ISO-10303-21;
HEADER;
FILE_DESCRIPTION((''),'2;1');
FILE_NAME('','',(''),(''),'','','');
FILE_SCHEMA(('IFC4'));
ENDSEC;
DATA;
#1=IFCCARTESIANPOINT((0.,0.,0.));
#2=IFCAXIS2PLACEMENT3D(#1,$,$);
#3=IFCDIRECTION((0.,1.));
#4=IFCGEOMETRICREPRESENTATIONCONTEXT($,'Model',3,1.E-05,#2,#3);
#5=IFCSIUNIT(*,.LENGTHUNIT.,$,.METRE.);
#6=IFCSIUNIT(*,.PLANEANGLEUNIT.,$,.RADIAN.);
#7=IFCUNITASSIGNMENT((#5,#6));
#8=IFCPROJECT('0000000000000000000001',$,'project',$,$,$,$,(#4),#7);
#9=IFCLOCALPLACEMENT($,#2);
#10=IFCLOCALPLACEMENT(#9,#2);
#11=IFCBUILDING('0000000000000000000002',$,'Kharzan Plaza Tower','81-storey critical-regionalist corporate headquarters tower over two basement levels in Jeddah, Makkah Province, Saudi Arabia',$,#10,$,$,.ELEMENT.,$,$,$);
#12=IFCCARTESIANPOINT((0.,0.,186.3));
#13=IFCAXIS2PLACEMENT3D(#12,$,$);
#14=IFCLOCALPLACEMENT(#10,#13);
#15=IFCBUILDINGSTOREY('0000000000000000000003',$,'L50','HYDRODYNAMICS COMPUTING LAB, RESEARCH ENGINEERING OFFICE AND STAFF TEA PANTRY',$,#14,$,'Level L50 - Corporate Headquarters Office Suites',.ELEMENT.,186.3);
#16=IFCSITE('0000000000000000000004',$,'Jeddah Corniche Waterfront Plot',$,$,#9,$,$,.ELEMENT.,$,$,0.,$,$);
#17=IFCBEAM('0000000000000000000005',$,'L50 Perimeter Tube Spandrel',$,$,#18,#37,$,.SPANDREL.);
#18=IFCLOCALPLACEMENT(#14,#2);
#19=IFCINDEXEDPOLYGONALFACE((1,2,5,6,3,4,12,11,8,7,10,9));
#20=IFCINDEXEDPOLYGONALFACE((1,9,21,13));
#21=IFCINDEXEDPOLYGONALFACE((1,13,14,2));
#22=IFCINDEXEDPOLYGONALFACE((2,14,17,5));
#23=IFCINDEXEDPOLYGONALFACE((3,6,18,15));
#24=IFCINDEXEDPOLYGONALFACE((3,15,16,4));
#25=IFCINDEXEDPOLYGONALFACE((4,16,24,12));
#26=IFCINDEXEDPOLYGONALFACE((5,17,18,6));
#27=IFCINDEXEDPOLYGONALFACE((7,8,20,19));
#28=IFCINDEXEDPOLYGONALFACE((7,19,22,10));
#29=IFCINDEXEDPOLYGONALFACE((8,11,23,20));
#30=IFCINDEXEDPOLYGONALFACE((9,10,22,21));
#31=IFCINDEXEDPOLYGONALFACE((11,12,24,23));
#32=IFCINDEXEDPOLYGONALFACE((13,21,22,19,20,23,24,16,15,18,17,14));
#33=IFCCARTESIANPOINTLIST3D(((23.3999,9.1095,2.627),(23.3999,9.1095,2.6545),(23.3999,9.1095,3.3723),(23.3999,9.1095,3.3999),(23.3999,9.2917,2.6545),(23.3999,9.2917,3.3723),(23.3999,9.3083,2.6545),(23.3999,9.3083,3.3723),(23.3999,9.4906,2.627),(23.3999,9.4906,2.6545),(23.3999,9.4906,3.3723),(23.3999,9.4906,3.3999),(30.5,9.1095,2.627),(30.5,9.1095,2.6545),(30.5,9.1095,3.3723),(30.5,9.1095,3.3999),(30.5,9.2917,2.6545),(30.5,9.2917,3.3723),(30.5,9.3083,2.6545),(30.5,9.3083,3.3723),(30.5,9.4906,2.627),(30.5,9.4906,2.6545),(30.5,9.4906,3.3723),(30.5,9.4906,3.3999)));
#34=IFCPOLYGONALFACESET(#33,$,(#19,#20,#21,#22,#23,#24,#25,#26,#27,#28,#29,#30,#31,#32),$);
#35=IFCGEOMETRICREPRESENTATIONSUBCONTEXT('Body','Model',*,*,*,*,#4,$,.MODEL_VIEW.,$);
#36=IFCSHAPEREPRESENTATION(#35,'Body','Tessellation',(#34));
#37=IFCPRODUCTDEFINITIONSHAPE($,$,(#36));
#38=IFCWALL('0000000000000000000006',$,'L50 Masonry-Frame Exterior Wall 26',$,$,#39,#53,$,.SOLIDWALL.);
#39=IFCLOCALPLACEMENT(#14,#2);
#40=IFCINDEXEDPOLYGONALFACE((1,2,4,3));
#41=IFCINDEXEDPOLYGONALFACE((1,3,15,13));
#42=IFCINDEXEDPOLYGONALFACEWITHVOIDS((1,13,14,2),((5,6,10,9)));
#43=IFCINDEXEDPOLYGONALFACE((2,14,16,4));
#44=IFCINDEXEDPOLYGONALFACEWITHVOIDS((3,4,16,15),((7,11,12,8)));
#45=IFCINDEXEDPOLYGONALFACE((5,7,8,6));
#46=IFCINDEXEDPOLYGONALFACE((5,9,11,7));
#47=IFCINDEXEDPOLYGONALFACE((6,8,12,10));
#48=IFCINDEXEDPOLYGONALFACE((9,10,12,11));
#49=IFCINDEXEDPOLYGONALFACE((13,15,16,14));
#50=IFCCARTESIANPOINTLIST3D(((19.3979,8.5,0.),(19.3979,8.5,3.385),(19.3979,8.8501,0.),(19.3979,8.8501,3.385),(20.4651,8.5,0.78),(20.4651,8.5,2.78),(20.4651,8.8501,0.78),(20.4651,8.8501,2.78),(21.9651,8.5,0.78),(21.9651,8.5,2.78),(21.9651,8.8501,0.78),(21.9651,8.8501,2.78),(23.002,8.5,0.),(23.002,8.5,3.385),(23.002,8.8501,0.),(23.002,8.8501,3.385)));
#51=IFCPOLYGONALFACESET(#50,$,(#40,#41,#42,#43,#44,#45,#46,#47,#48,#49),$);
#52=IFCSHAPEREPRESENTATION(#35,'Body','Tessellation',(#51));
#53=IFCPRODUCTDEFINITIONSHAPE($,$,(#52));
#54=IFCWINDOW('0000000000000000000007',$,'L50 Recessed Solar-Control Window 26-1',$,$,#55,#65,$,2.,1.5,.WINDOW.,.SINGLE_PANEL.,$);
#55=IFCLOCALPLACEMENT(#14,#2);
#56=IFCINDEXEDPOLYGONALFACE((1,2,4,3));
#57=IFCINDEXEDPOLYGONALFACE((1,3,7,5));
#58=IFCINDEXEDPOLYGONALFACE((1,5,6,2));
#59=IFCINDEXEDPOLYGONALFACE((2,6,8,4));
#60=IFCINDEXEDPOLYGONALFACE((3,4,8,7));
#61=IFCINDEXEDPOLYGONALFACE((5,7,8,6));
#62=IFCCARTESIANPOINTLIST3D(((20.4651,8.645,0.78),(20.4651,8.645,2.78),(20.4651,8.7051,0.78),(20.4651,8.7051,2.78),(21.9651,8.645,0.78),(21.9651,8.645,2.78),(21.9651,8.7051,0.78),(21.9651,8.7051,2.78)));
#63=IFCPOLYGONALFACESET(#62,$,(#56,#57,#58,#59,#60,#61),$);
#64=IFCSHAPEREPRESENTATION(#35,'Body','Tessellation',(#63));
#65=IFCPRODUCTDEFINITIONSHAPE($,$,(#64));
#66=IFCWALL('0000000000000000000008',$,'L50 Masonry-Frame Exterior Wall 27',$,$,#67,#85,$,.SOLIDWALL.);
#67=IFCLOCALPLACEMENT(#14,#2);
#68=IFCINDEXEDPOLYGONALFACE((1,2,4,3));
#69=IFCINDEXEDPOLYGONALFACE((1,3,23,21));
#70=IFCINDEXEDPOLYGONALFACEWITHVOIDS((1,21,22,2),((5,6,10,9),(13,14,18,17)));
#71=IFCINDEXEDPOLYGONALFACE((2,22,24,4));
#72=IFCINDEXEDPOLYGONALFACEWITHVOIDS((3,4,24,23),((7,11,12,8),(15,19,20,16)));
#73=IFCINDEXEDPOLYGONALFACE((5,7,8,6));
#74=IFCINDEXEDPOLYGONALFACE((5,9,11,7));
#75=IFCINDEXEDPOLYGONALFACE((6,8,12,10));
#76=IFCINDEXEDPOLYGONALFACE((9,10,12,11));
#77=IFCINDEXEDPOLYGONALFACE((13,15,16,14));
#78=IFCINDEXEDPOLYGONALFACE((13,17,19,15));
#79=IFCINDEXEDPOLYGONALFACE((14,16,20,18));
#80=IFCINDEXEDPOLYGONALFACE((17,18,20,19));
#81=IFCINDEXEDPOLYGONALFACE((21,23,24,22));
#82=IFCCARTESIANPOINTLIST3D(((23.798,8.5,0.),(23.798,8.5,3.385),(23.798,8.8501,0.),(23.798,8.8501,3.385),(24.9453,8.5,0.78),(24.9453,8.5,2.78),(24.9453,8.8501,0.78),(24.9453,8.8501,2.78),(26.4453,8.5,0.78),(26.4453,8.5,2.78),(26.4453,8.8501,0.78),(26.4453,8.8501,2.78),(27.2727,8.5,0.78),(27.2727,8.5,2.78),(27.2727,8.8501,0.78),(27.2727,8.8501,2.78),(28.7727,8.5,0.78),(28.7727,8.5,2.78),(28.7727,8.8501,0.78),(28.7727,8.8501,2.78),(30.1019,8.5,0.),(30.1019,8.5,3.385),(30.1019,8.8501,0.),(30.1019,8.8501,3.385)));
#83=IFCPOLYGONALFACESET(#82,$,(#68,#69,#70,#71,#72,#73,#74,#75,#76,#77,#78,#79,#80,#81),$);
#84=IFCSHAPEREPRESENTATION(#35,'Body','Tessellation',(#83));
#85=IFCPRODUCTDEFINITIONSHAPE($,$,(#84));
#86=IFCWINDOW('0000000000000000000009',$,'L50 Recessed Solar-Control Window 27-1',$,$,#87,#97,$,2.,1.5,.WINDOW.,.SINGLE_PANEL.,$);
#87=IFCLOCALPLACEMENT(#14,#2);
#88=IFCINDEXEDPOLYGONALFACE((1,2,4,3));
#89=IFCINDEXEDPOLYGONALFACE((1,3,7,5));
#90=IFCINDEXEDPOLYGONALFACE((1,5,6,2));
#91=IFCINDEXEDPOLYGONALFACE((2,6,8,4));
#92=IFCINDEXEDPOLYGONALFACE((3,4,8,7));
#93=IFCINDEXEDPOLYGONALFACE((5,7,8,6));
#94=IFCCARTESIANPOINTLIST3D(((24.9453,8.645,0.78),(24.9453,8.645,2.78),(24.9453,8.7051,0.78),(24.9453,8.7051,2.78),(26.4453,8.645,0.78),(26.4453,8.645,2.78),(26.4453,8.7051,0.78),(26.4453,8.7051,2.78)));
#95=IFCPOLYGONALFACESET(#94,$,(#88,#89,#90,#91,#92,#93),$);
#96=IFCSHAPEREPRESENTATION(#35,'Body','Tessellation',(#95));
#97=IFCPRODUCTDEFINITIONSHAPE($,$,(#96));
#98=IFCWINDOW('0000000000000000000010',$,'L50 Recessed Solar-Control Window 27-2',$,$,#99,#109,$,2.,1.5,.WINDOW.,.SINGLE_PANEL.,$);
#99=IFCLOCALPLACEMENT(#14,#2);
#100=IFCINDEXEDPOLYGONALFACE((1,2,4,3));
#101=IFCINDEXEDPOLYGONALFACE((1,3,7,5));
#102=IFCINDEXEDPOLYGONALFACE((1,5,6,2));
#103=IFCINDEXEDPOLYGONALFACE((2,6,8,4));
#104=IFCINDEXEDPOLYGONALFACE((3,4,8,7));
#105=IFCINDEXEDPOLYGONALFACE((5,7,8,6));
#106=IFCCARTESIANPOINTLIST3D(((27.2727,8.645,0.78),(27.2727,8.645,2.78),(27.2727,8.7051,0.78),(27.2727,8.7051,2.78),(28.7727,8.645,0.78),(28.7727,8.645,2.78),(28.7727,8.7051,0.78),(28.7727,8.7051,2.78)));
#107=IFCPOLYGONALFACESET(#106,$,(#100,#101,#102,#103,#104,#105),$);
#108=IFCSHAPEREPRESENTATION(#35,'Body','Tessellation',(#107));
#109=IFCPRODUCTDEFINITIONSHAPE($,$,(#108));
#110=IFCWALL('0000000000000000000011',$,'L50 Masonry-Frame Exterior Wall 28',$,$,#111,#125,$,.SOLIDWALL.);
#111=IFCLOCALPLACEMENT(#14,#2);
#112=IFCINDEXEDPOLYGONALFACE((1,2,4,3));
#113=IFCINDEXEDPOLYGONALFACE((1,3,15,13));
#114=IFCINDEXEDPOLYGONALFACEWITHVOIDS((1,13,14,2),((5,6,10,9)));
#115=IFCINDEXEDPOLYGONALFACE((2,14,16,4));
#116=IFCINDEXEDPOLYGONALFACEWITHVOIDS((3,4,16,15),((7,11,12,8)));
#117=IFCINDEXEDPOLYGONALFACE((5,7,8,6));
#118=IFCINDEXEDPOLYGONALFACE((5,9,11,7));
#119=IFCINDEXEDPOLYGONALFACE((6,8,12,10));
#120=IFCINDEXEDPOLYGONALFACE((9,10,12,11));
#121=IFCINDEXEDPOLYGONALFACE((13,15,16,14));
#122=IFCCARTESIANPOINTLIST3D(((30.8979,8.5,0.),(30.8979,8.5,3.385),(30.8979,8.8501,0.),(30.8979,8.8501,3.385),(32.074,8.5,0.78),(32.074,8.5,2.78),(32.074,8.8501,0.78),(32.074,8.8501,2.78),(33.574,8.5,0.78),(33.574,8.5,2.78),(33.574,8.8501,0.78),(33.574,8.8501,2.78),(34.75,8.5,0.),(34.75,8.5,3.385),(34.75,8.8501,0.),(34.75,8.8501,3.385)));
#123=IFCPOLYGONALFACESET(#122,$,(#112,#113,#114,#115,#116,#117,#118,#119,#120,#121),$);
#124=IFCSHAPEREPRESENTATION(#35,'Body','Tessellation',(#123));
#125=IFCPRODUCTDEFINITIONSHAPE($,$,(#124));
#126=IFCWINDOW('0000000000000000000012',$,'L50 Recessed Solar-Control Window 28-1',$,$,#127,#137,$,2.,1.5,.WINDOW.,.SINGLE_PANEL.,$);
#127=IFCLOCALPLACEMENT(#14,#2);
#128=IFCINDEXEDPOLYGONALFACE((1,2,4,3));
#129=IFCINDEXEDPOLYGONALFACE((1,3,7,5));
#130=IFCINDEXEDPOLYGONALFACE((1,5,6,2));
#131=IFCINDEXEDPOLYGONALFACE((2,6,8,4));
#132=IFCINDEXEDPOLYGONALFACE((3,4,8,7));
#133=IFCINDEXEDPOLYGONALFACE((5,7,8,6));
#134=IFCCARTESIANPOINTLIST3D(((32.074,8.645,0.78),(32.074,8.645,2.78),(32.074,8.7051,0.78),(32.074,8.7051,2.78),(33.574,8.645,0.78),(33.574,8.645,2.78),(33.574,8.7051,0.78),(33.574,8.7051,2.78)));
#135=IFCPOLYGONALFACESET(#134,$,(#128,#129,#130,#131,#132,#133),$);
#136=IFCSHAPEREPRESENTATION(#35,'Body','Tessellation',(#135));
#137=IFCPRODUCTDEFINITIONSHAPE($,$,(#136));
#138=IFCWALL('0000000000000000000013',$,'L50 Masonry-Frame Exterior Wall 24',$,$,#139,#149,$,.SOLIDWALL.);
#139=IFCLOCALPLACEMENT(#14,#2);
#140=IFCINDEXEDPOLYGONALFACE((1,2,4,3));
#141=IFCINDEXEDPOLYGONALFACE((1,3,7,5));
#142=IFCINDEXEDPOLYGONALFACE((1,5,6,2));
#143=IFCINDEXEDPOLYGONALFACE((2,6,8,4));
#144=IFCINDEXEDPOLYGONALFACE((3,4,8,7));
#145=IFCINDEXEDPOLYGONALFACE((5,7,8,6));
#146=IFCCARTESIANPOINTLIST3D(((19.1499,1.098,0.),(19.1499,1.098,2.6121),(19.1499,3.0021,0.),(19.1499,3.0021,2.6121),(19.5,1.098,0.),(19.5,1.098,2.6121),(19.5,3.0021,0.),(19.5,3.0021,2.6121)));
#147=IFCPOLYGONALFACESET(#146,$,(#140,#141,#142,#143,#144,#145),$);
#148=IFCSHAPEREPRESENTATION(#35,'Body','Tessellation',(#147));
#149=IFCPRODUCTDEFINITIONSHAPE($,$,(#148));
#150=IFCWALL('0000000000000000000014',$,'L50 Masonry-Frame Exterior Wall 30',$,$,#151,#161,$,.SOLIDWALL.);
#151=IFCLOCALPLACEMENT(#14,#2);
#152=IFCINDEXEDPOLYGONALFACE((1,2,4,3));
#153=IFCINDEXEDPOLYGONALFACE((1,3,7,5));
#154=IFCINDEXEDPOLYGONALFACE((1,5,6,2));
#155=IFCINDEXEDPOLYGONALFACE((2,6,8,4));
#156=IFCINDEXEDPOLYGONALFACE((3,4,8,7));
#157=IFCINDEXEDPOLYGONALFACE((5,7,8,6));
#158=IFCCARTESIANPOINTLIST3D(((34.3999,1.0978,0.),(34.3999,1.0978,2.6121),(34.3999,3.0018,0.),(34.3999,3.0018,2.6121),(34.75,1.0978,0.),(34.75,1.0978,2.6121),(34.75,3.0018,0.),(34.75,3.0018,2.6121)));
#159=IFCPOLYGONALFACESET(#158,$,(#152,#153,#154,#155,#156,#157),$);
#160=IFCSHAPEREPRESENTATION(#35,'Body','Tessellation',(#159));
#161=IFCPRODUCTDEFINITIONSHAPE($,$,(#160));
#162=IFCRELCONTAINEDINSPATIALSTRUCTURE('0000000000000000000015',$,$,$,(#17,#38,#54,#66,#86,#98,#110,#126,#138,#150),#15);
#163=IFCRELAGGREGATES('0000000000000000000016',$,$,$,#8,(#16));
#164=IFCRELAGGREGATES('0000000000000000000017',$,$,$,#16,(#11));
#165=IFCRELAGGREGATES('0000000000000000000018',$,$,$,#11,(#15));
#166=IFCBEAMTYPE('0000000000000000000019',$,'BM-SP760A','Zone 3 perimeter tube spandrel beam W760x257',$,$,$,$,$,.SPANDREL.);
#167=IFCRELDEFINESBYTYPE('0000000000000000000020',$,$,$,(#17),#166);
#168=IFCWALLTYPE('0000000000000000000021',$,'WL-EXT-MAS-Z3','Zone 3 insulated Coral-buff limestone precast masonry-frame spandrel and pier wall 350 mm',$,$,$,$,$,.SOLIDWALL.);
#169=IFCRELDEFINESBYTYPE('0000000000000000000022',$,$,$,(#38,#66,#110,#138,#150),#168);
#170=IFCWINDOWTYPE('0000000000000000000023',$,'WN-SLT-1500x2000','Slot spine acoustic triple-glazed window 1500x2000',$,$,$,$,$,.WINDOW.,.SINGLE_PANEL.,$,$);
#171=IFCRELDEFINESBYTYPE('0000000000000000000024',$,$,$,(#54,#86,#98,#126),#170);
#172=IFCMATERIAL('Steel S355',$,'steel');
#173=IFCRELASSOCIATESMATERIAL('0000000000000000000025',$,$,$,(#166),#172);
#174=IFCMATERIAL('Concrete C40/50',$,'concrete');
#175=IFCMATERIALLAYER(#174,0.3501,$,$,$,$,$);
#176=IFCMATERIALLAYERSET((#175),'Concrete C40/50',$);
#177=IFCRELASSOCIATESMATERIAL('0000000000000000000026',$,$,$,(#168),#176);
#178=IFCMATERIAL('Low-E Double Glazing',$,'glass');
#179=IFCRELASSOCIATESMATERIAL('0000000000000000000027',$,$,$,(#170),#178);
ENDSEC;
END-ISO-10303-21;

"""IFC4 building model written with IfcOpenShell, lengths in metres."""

from ifc_helpers import new_model, si_unit, direction, frame, frame_2d, origin, origin_2d, place, context, subcontext, project, spatial, rectangle, i_section, extrude, source, transform, mapped, material, layer, layer_set, material_profile, profile_set, type_object, element, fill, save


model = new_model("IFC4")

# Units and contexts
model_context = context("Model", 3, precision=1e-05, world=origin(), true_north=direction((0.0, 1.0)))
body_context = subcontext(model_context, "Body", "Model", "MODEL_VIEW")
ifc_project = project(units=[si_unit("LENGTHUNIT", "METRE"), si_unit("PLANEANGLEUNIT", "RADIAN")], contexts=[model_context])

# Site, building, storey
site_placement = place(None, origin())
site = spatial("IfcSite", under=ifc_project, at=site_placement, Name="Jeddah Corniche Waterfront Plot", CompositionType="ELEMENT", RefElevation=0.0)
building_placement = place(site_placement, origin())
building = spatial("IfcBuilding", under=site, at=building_placement, Name="Kharzan Plaza Tower", Description="81-storey critical-regionalist corporate headquarters tower over two basement levels in Jeddah, Makkah Province, Saudi Arabia", CompositionType="ELEMENT")
storey_placement = place(building_placement, frame((0.0, 0.0, 186.3)))
storey = spatial("IfcBuildingStorey", under=building, at=storey_placement, Name="L50", Description="HYDRODYNAMICS COMPUTING LAB, RESEARCH ENGINEERING OFFICE AND STAFF TEA PANTRY", LongName="Level L50 - Corporate Headquarters Office Suites", CompositionType="ELEMENT", Elevation=186.3)

# Beam
ifc_material_1 = material(Name="Steel S355", Category="steel")
ifc_material_profile_1 = material_profile(ifc_material_1, i_section(OverallWidth=0.3811, OverallDepth=0.7729, WebThickness=0.0166, FlangeThickness=0.0276, at=origin_2d()), Name="W760x257")
ifc_profile_set_1 = profile_set([ifc_material_profile_1], Name="Steel S355")
beam_type_1 = type_object("IfcBeamType", Name="BM-SP760A", Description="Zone 3 perimeter tube spandrel beam W760x257", PredefinedType="SPANDREL", material=ifc_profile_set_1)
shared_shape_1 = source(origin(), body_context, "Body", "SweptSolid", [
    extrude(i_section(OverallWidth=0.3811, OverallDepth=0.7729, WebThickness=0.0166, FlangeThickness=0.0276, at=origin_2d()), origin(), (0.0, 0.0, 1.0), 7.1001),
])
beam_1_placement = place(storey_placement, frame((23.3999, 9.3, 3.0134), z_axis=(1.0, 0.0, 0.0), x_axis=(0.0, 1.0, 0.0)))
element("IfcBeam", 1, at=beam_1_placement, inside=storey, type_object=beam_type_1, Name="L50 Perimeter Tube Spandrel", PredefinedType="SPANDREL", context=body_context, shape_type="MappedRepresentation", body=[
    mapped(shared_shape_1, transform((0.0, 0.0, 0.0), x_axis=(1.0, 0.0, 0.0), y_axis=(0.0, 1.0, 0.0), z_axis=(0.0, 0.0, 1.0))),
])

# Wall, opening, window
ifc_material_2 = material(Name="Concrete C40/50", Category="concrete")
ifc_layer_1 = layer(ifc_material_2, 0.3501)
ifc_layer_set_1 = layer_set([ifc_layer_1], Name="Concrete C40/50")
wall_type_1 = type_object("IfcWallType", Name="WL-EXT-MAS-Z3", Description="Zone 3 insulated Coral-buff limestone precast masonry-frame spandrel and pier wall 350 mm", PredefinedType="SOLIDWALL", material=ifc_layer_set_1)
wall_1_placement = place(storey_placement, frame((19.3979, 8.675, 0.0), z_axis=(0.0, 0.0, 1.0), x_axis=(1.0, 0.0, 0.0)))
wall_1 = element("IfcWall", 2, at=wall_1_placement, inside=storey, type_object=wall_type_1, Name="L50 Masonry-Frame Exterior Wall 26", PredefinedType="SOLIDWALL", context=body_context, shape_type="SweptSolid", body=[
    extrude(rectangle(XDim=3.604, YDim=0.3501, at=frame_2d((1.802, 0.0))), origin(), (0.0, 0.0, 1.0), 3.385),
])
opening_1_placement = place(wall_1_placement, frame((1.0671, 0.0, 0.78)))
opening_1 = element("IfcOpeningElement", 3, at=opening_1_placement, cuts=wall_1, PredefinedType="OPENING", context=body_context, shape_type="SweptSolid", body=[
    extrude(rectangle(XDim=1.5, YDim=2.0, at=frame_2d((0.75, 1.0))), frame((0.0, 0.1851, 0.0), z_axis=(0.0, -1.0, 0.0), x_axis=(1.0, 0.0, 0.0)), (0.0, 0.0, 1.0), 0.3701),
])
ifc_material_3 = material(Name="Low-E Double Glazing", Category="glass")
window_type = type_object("IfcWindowType", Name="WN-SLT-1500x2000", Description="Slot spine acoustic triple-glazed window 1500x2000", PartitioningType="SINGLE_PANEL", PredefinedType="WINDOW", material=ifc_material_3)
shared_shape_2 = source(origin(), body_context, "Body", "SweptSolid", [
    extrude(rectangle(XDim=1.5, YDim=2.0, at=frame_2d((0.75, 1.0))), frame((0.0, 0.03, 0.0), z_axis=(0.0, -1.0, 0.0), x_axis=(1.0, 0.0, 0.0)), (0.0, 0.0, 1.0), 0.0601),
])
window_1_placement = place(opening_1_placement, origin())
window_1 = element("IfcWindow", 4, at=window_1_placement, inside=storey, type_object=window_type, Name="L50 Recessed Solar-Control Window 26-1", OverallHeight=2.0, OverallWidth=1.5, PartitioningType="SINGLE_PANEL", PredefinedType="WINDOW", context=body_context, shape_type="MappedRepresentation", body=[
    mapped(shared_shape_2, transform((0.0, 0.0, 0.0), x_axis=(1.0, 0.0, 0.0), y_axis=(0.0, 1.0, 0.0), z_axis=(0.0, 0.0, 1.0))),
])
fill(opening_1, window_1)

# Wall, openings, windows
wall_2_placement = place(storey_placement, frame((23.7981, 8.675, 0.0), z_axis=(0.0, 0.0, 1.0), x_axis=(1.0, 0.0, 0.0)))
wall_2 = element("IfcWall", 5, at=wall_2_placement, inside=storey, type_object=wall_type_1, Name="L50 Masonry-Frame Exterior Wall 27", PredefinedType="SOLIDWALL", context=body_context, shape_type="SweptSolid", body=[
    extrude(rectangle(XDim=6.304, YDim=0.3501, at=frame_2d((3.1519, 0.0))), origin(), (0.0, 0.0, 1.0), 3.385),
])
opening_2_placement = place(wall_2_placement, frame((1.1472, 0.0, 0.78)))
opening_2 = element("IfcOpeningElement", 6, at=opening_2_placement, cuts=wall_2, PredefinedType="OPENING", context=body_context, shape_type="SweptSolid", body=[
    extrude(rectangle(XDim=1.5, YDim=2.0, at=frame_2d((0.75, 1.0))), frame((0.0, 0.1851, 0.0), z_axis=(0.0, -1.0, 0.0), x_axis=(1.0, 0.0, 0.0)), (0.0, 0.0, 1.0), 0.3701),
])
opening_3_placement = place(wall_2_placement, frame((3.4746, 0.0, 0.78)))
opening_3 = element("IfcOpeningElement", 7, at=opening_3_placement, cuts=wall_2, PredefinedType="OPENING", context=body_context, shape_type="SweptSolid", body=[
    extrude(rectangle(XDim=1.5, YDim=2.0, at=frame_2d((0.75, 1.0))), frame((0.0, 0.1851, 0.0), z_axis=(0.0, -1.0, 0.0), x_axis=(1.0, 0.0, 0.0)), (0.0, 0.0, 1.0), 0.3701),
])
window_2_placement = place(opening_2_placement, origin())
window_2 = element("IfcWindow", 8, at=window_2_placement, inside=storey, type_object=window_type, Name="L50 Recessed Solar-Control Window 27-1", OverallHeight=2.0, OverallWidth=1.5, PartitioningType="SINGLE_PANEL", PredefinedType="WINDOW", context=body_context, shape_type="MappedRepresentation", body=[
    mapped(shared_shape_2, transform((0.0, 0.0, 0.0), x_axis=(1.0, 0.0, 0.0), y_axis=(0.0, 1.0, 0.0), z_axis=(0.0, 0.0, 1.0))),
])
fill(opening_2, window_2)
window_3_placement = place(opening_3_placement, origin())
window_3 = element("IfcWindow", 9, at=window_3_placement, inside=storey, type_object=window_type, Name="L50 Recessed Solar-Control Window 27-2", OverallHeight=2.0, OverallWidth=1.5, PartitioningType="SINGLE_PANEL", PredefinedType="WINDOW", context=body_context, shape_type="MappedRepresentation", body=[
    mapped(shared_shape_2, transform((0.0, 0.0, 0.0), x_axis=(1.0, 0.0, 0.0), y_axis=(0.0, 1.0, 0.0), z_axis=(0.0, 0.0, 1.0))),
])
fill(opening_3, window_3)

# Wall, opening, window
wall_3_placement = place(storey_placement, frame((30.8979, 8.675, 0.0), z_axis=(0.0, 0.0, 1.0), x_axis=(1.0, 0.0, 0.0)))
wall_3 = element("IfcWall", 10, at=wall_3_placement, inside=storey, type_object=wall_type_1, Name="L50 Masonry-Frame Exterior Wall 28", PredefinedType="SOLIDWALL", context=body_context, shape_type="SweptSolid", body=[
    extrude(rectangle(XDim=3.8521, YDim=0.3501, at=frame_2d((1.926, 0.0))), origin(), (0.0, 0.0, 1.0), 3.385),
])
opening_4_placement = place(wall_3_placement, frame((1.176, 0.0, 0.78)))
opening_4 = element("IfcOpeningElement", 11, at=opening_4_placement, cuts=wall_3, PredefinedType="OPENING", context=body_context, shape_type="SweptSolid", body=[
    extrude(rectangle(XDim=1.5, YDim=2.0, at=frame_2d((0.75, 1.0))), frame((0.0, 0.1851, 0.0), z_axis=(0.0, -1.0, 0.0), x_axis=(1.0, 0.0, 0.0)), (0.0, 0.0, 1.0), 0.3701),
])
window_4_placement = place(opening_4_placement, origin())
window_4 = element("IfcWindow", 12, at=window_4_placement, inside=storey, type_object=window_type, Name="L50 Recessed Solar-Control Window 28-1", OverallHeight=2.0, OverallWidth=1.5, PartitioningType="SINGLE_PANEL", PredefinedType="WINDOW", context=body_context, shape_type="MappedRepresentation", body=[
    mapped(shared_shape_2, transform((0.0, 0.0, 0.0), x_axis=(1.0, 0.0, 0.0), y_axis=(0.0, 1.0, 0.0), z_axis=(0.0, 0.0, 1.0))),
])
fill(opening_4, window_4)

# Walls
shared_shape_3 = source(origin(), body_context, "Body", "SweptSolid", [
    extrude(rectangle(XDim=1.9041, YDim=0.3501, at=frame_2d((0.9521, 0.0))), origin(), (0.0, 0.0, 1.0), 2.6121),
])
for number, where, z_axis, x_axis, name in (
    (13, (19.325, 1.0979, 0.0), (0.0, 0.0, 1.0), (0.0, 1.0, 0.0), "L50 Masonry-Frame Exterior Wall 24"),
    (14, (34.575, 3.002, 0.0), (0.0, 0.0, 1.0), (0.0, -1.0, 0.0), "L50 Masonry-Frame Exterior Wall 30"),
):
    element("IfcWall", number, at=place(storey_placement, frame(where, z_axis=z_axis, x_axis=x_axis)), inside=storey, type_object=wall_type_1, Name=name, PredefinedType="SOLIDWALL", context=body_context, shape_type="MappedRepresentation", body=[
        mapped(shared_shape_3, transform((0.0, 0.0, 0.0), x_axis=(1.0, 0.0, 0.0), y_axis=(0.0, 1.0, 0.0), z_axis=(0.0, 0.0, 1.0))),
    ])

save(model, "model.ifc")
